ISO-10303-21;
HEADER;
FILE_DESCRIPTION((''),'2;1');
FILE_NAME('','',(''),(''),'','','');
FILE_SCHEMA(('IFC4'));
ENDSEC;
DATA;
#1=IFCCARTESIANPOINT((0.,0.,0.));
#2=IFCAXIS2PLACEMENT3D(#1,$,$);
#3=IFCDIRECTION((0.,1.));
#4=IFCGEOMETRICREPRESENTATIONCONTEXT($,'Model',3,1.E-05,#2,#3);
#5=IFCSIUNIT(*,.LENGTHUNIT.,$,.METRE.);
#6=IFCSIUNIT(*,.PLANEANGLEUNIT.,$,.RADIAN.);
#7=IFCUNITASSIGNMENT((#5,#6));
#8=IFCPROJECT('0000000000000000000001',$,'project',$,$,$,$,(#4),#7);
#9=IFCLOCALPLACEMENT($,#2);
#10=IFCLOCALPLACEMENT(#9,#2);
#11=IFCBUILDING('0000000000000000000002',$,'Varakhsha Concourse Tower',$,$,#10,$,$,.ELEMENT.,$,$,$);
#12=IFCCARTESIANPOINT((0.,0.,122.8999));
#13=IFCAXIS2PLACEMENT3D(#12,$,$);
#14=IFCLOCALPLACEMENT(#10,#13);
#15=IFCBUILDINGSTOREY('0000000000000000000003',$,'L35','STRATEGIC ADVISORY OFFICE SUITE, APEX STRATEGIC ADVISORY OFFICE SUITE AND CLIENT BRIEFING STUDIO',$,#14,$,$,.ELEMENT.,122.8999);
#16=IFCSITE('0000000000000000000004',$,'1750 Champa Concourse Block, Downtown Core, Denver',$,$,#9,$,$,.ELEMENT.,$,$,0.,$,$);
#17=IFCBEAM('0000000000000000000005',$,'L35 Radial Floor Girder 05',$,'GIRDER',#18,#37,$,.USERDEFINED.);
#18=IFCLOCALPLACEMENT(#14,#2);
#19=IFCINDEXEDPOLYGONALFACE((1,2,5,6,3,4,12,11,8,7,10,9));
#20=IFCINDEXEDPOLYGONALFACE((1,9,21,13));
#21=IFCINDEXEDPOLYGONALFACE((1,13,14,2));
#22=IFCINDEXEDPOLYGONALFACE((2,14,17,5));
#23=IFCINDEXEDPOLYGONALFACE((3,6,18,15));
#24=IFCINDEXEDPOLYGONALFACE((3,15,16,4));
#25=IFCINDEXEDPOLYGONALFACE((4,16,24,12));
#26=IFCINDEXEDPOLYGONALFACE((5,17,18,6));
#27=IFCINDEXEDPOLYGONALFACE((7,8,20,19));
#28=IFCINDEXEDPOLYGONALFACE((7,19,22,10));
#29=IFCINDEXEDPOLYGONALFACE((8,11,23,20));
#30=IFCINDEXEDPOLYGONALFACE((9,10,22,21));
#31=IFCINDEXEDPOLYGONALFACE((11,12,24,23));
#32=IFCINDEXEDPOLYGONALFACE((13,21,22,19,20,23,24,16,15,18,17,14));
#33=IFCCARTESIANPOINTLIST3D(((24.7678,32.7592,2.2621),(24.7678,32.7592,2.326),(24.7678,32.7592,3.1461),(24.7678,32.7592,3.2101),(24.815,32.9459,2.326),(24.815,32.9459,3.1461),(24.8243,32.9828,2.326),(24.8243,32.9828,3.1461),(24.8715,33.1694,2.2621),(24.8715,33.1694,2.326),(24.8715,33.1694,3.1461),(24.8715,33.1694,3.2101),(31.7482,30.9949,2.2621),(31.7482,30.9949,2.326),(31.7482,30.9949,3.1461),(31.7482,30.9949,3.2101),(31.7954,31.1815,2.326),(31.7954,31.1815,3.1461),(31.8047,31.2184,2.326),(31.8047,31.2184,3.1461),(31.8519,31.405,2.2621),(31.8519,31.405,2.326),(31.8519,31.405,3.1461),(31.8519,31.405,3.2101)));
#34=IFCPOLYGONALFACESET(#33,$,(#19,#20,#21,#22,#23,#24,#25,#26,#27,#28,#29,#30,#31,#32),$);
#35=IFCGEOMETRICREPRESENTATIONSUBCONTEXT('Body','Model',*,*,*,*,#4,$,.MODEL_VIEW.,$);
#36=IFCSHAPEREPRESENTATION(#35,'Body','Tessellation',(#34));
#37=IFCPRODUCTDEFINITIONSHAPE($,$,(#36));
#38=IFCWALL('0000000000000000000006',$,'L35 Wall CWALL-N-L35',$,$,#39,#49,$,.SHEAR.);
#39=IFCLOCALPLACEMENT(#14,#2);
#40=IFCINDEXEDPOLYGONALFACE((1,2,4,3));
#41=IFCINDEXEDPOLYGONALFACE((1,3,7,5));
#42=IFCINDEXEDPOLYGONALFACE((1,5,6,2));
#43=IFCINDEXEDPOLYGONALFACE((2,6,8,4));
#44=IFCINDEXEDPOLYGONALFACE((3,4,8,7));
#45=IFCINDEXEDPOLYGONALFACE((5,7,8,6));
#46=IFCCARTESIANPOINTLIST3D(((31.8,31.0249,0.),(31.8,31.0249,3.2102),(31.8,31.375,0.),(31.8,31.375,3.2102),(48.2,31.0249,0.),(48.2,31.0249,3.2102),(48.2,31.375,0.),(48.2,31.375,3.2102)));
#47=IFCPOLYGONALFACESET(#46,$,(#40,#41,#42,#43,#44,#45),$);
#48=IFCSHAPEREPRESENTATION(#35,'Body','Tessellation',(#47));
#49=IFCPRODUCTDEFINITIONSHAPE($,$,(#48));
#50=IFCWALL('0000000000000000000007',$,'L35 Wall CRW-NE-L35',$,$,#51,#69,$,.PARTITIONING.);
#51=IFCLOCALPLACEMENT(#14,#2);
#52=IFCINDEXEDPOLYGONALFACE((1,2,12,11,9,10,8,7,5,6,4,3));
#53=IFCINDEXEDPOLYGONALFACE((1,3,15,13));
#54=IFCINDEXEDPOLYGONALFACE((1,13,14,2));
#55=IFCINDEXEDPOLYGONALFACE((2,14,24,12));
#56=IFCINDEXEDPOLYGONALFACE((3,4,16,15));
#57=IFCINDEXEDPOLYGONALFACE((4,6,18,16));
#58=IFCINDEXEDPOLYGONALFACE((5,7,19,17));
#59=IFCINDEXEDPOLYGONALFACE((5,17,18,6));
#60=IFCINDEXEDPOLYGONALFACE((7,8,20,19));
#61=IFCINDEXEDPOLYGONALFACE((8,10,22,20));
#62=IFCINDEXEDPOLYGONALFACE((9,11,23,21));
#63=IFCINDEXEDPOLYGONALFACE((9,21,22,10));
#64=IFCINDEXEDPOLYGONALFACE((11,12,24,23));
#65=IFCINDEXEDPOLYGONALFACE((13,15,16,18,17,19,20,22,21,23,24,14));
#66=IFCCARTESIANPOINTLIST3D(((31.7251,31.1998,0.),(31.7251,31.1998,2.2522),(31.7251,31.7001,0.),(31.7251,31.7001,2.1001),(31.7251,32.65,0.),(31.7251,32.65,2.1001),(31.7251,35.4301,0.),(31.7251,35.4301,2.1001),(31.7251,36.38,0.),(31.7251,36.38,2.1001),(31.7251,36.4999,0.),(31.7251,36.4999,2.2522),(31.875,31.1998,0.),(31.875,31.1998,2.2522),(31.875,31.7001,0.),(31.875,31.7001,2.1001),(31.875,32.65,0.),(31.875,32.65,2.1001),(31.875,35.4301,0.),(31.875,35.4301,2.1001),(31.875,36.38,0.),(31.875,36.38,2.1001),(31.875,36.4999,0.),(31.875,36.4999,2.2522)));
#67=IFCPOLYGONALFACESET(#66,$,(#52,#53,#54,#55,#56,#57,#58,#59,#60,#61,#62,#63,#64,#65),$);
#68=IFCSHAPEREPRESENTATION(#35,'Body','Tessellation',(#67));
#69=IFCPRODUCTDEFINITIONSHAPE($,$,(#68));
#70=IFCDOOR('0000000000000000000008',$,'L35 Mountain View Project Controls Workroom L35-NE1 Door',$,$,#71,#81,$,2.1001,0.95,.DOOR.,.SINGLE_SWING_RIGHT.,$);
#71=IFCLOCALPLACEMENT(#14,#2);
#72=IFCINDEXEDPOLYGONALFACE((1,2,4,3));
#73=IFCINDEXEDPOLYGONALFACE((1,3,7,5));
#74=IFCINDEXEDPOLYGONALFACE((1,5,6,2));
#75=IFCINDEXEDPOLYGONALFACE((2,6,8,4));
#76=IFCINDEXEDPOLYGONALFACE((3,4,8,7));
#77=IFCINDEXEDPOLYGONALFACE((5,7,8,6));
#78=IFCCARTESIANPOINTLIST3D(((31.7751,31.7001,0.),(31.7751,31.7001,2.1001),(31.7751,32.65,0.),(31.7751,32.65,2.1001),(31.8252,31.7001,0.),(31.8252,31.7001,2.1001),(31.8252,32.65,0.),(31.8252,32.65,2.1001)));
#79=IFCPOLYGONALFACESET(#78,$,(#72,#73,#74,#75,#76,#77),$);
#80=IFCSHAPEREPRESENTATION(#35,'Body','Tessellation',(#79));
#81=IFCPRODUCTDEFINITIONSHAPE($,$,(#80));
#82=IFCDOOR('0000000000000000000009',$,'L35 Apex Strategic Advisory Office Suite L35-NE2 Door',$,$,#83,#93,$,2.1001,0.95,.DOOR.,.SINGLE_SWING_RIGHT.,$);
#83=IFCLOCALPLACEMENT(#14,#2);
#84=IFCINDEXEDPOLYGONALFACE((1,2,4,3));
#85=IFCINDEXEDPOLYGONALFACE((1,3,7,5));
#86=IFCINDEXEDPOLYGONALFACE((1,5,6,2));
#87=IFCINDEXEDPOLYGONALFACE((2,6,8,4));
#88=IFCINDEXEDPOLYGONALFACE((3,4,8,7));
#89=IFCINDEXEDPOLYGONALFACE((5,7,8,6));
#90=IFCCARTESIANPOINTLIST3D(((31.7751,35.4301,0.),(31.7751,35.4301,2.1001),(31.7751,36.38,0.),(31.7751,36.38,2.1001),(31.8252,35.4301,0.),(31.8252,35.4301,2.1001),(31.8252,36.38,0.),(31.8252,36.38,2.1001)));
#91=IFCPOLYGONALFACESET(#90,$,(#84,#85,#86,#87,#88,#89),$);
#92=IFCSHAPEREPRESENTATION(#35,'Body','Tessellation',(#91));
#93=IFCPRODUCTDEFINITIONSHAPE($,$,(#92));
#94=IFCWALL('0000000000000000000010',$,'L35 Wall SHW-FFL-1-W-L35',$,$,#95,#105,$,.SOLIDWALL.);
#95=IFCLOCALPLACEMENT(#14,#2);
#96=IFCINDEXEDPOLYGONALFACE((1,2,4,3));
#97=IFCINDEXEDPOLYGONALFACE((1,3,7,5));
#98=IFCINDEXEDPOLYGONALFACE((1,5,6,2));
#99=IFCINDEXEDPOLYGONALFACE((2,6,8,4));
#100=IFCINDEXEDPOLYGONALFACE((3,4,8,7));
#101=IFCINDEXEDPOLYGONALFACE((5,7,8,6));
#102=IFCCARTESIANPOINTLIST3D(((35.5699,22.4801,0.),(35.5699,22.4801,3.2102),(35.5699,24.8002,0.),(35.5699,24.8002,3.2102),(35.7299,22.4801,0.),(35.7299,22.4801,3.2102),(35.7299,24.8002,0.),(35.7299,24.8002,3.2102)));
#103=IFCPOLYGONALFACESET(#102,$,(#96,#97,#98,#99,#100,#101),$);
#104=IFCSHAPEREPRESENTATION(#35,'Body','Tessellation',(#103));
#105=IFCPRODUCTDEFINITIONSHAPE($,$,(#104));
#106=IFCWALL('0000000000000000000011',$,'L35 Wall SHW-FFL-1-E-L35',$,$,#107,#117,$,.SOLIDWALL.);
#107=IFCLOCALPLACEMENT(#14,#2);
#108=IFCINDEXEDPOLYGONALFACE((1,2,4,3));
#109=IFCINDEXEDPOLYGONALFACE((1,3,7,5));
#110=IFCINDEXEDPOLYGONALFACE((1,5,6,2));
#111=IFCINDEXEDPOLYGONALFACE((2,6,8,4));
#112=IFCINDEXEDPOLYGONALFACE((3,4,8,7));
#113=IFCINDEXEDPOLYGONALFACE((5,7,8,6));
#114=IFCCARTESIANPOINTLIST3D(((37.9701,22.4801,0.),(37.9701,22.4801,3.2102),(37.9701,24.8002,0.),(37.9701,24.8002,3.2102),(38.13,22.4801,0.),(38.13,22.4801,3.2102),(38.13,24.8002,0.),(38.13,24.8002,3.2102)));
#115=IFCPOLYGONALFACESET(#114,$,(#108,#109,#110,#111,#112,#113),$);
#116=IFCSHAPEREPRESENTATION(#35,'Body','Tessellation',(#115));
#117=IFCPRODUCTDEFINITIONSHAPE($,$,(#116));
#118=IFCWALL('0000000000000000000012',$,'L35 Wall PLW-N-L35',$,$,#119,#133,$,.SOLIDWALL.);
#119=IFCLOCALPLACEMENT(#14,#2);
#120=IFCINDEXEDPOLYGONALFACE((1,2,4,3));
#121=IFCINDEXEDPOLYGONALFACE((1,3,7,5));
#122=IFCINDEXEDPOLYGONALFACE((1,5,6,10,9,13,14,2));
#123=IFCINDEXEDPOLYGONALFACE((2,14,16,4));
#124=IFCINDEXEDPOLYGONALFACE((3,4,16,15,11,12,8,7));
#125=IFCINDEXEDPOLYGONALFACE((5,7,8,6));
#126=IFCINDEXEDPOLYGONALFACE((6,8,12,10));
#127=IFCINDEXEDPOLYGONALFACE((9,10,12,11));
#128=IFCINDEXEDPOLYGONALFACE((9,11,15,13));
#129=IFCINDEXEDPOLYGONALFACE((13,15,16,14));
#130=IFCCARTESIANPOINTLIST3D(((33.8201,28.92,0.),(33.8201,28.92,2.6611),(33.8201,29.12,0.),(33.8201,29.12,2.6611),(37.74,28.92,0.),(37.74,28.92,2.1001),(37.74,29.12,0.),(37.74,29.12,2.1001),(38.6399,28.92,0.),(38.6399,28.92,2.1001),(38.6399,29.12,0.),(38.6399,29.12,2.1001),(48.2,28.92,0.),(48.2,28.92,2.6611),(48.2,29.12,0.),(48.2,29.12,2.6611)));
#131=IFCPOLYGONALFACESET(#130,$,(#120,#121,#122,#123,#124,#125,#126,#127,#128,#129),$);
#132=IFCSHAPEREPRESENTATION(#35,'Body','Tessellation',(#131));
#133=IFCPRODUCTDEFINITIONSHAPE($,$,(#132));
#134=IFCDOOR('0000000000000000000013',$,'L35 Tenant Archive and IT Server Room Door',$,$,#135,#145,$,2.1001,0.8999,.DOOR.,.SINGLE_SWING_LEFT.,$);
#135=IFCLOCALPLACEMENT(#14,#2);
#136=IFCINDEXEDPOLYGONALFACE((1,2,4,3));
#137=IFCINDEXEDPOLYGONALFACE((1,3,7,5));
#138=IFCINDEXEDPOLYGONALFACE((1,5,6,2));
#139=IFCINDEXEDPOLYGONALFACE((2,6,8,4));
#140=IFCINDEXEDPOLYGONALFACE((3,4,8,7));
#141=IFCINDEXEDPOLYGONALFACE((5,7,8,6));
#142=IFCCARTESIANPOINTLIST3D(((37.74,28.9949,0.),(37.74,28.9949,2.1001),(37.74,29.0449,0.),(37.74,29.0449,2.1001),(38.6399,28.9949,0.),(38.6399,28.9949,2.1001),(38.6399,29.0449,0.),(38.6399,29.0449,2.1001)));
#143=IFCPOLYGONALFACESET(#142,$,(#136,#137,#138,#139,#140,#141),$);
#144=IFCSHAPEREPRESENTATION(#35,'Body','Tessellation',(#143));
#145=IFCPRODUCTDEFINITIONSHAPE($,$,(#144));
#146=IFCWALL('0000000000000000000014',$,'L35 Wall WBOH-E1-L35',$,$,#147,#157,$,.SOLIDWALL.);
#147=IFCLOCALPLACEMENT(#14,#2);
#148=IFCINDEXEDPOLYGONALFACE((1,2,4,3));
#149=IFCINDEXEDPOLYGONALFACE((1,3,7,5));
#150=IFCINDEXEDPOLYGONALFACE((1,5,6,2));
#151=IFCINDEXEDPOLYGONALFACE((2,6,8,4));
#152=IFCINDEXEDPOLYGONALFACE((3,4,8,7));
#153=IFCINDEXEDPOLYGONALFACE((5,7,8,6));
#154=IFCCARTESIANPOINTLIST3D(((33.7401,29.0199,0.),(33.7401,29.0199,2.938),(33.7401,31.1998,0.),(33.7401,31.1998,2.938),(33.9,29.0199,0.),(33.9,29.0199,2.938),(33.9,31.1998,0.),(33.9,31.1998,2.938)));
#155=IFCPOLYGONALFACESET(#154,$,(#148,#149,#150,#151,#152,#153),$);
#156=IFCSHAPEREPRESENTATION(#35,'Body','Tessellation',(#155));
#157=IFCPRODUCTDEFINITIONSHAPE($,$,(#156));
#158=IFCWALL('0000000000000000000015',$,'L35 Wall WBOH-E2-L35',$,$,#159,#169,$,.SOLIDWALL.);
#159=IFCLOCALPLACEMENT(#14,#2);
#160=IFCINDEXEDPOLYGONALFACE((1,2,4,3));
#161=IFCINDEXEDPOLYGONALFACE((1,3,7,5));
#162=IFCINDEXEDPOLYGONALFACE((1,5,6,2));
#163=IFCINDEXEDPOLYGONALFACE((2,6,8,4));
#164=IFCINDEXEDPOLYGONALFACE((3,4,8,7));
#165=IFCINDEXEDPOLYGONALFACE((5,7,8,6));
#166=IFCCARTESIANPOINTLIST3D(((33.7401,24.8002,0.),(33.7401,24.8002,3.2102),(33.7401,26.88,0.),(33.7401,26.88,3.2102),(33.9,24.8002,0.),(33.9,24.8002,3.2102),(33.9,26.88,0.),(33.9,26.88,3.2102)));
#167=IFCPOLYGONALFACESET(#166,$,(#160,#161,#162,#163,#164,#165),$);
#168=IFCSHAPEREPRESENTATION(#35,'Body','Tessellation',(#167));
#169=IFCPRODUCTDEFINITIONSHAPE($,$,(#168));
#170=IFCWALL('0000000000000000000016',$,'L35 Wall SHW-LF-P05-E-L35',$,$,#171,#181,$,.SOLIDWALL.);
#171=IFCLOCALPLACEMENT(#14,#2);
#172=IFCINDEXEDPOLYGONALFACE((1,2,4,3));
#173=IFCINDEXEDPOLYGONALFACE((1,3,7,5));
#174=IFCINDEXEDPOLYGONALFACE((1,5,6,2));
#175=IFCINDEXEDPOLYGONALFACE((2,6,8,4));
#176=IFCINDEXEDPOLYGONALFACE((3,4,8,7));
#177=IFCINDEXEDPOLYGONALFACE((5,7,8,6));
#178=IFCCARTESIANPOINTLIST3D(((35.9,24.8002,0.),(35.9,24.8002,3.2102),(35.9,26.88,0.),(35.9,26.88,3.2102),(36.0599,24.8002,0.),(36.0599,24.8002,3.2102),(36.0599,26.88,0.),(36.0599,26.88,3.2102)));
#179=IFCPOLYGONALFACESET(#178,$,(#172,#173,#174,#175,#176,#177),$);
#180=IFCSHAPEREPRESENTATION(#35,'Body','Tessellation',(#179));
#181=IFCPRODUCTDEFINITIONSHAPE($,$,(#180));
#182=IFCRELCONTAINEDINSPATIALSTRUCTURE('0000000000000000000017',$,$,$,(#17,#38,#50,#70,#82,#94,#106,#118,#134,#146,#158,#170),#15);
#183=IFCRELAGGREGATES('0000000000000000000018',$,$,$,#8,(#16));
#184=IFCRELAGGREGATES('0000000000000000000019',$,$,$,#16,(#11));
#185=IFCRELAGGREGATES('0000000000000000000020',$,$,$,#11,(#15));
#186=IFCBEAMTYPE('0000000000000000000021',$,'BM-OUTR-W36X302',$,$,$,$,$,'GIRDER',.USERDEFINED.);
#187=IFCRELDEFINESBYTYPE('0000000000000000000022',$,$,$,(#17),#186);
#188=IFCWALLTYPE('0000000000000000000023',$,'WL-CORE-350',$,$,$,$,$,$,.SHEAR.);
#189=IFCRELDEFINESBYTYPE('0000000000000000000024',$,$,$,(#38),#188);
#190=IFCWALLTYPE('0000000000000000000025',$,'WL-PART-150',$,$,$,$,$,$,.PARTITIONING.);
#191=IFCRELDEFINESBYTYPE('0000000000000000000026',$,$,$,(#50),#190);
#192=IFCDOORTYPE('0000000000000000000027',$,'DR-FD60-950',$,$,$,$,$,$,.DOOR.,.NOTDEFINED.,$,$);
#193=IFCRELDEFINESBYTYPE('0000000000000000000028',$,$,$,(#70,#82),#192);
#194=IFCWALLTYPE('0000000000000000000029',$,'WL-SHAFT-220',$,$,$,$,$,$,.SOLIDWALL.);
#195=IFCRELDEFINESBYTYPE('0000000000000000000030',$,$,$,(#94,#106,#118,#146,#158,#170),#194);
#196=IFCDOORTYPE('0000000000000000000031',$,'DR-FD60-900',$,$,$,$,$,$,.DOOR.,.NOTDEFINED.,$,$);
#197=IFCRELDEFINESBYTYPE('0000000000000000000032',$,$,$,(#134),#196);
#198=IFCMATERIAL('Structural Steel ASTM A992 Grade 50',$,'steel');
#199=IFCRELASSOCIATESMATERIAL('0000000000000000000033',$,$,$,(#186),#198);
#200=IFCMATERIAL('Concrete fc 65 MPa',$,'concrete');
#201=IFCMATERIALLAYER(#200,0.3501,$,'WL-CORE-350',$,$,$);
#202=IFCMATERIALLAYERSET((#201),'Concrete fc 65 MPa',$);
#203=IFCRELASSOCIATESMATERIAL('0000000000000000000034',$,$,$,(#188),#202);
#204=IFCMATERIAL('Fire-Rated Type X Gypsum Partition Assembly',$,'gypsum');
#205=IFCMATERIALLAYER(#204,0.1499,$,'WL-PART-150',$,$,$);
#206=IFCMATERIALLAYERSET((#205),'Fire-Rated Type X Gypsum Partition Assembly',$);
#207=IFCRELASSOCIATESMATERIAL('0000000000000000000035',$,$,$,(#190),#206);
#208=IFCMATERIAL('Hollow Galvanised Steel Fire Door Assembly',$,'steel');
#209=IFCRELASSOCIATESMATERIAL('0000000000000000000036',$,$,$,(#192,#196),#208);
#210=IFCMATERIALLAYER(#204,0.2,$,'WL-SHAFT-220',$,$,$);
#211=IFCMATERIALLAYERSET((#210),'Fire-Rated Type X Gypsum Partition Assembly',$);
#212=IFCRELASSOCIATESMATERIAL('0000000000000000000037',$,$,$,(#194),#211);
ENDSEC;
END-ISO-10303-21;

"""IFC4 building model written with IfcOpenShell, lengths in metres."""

from ifc_helpers import new_model, si_unit, direction, frame, frame_2d, origin, origin_2d, place, context, subcontext, project, spatial, rectangle, i_section, extrude, material, layer, layer_set, material_profile, profile_set, type_object, element, fill, save


model = new_model("IFC4")

# Units and contexts
model_context = context("Model", 3, precision=1e-05, world=origin(), true_north=direction((0.0, 1.0)))
body_context = subcontext(model_context, "Body", "Model", "MODEL_VIEW")
ifc_project = project(units=[si_unit("LENGTHUNIT", "METRE"), si_unit("PLANEANGLEUNIT", "RADIAN")], contexts=[model_context])

# Site, building, storey
site_placement = place(None, origin())
site = spatial("IfcSite", under=ifc_project, at=site_placement, Name="1750 Champa Concourse Block, Downtown Core, Denver", CompositionType="ELEMENT", RefElevation=0.0)
building_placement = place(site_placement, origin())
building = spatial("IfcBuilding", under=site, at=building_placement, Name="Varakhsha Concourse Tower", CompositionType="ELEMENT")
storey_placement = place(building_placement, frame((0.0, 0.0, 122.8999)))
storey = spatial("IfcBuildingStorey", under=building, at=storey_placement, Name="L35", Description="STRATEGIC ADVISORY OFFICE SUITE, APEX STRATEGIC ADVISORY OFFICE SUITE AND CLIENT BRIEFING STUDIO", CompositionType="ELEMENT", Elevation=122.8999)

# Beam
ifc_material_1 = material(Name="Structural Steel ASTM A992 Grade 50", Category="steel")
ifc_material_profile = material_profile(ifc_material_1, i_section(OverallWidth=0.4231, OverallDepth=0.948, WebThickness=0.0381, FlangeThickness=0.064, at=origin_2d()), Name="W36X302")
ifc_profile_set = profile_set([ifc_material_profile], Name="Structural Steel ASTM A992 Grade 50")
beam_type = type_object("IfcBeamType", Name="BM-OUTR-W36X302", ElementType="GIRDER", PredefinedType="USERDEFINED", material=ifc_profile_set)
beam_placement = place(storey_placement, frame((31.8, 31.2, 2.7361), z_axis=(-0.969509, 0.245056, 0.0), x_axis=(-0.245056, -0.969509, 0.0)))
element("IfcBeam", 1, at=beam_placement, inside=storey, type_object=beam_type, Name="L35 Radial Floor Girder 05", ObjectType="GIRDER", PredefinedType="USERDEFINED", context=body_context, shape_type="SweptSolid", body=[
    extrude(i_section(OverallWidth=0.4231, OverallDepth=0.948, WebThickness=0.0381, FlangeThickness=0.064, at=origin_2d()), origin(), (0.0, 0.0, 1.0), 7.2),
])

# Wall
ifc_material_2 = material(Name="Concrete fc 65 MPa", Category="concrete")
ifc_layer_1 = layer(ifc_material_2, 0.3501, Name="WL-CORE-350")
ifc_layer_set_1 = layer_set([ifc_layer_1], Name="Concrete fc 65 MPa")
wall_type_1 = type_object("IfcWallType", Name="WL-CORE-350", PredefinedType="SHEAR", material=ifc_layer_set_1)
wall_1_placement = place(storey_placement, frame((31.8, 31.2, 0.0), z_axis=(0.0, 0.0, 1.0), x_axis=(1.0, 0.0, 0.0)))
element("IfcWall", 2, at=wall_1_placement, inside=storey, type_object=wall_type_1, Name="L35 Wall CWALL-N-L35", PredefinedType="SHEAR", context=body_context, shape_type="SweptSolid", body=[
    extrude(rectangle(XDim=16.3999, YDim=0.3501, at=frame_2d((8.2, 0.0))), origin(), (0.0, 0.0, 1.0), 3.2102),
])

# Wall, openings, doors
ifc_material_3 = material(Name="Fire-Rated Type X Gypsum Partition Assembly", Category="gypsum")
ifc_layer_2 = layer(ifc_material_3, 0.1499, Name="WL-PART-150")
ifc_layer_set_2 = layer_set([ifc_layer_2], Name="Fire-Rated Type X Gypsum Partition Assembly")
wall_type_2 = type_object("IfcWallType", Name="WL-PART-150", PredefinedType="PARTITIONING", material=ifc_layer_set_2)
wall_2_placement = place(storey_placement, frame((31.8, 31.2, 0.0), z_axis=(0.0, 0.0, 1.0), x_axis=(0.0, 1.0, 0.0)))
wall_2 = element("IfcWall", 3, at=wall_2_placement, inside=storey, type_object=wall_type_2, Name="L35 Wall CRW-NE-L35", PredefinedType="PARTITIONING", context=body_context, shape_type="SweptSolid", body=[
    extrude(rectangle(XDim=5.3, YDim=0.1499, at=frame_2d((2.6499, 0.0))), origin(), (0.0, 0.0, 1.0), 2.2522),
])
opening_1_placement = place(wall_2_placement, frame((0.5, 0.0, 0.0)))
opening_1 = element("IfcOpeningElement", 4, at=opening_1_placement, cuts=wall_2, PredefinedType="OPENING", context=body_context, shape_type="SweptSolid", body=[
    extrude(rectangle(XDim=0.95, YDim=2.1001, at=frame_2d((0.4751, 1.05))), frame((0.0, 0.085, 0.0), z_axis=(0.0, -1.0, 0.0), x_axis=(1.0, 0.0, 0.0)), (0.0, 0.0, 1.0), 0.1699),
])
opening_2_placement = place(wall_2_placement, frame((4.23, 0.0, 0.0)))
opening_2 = element("IfcOpeningElement", 5, at=opening_2_placement, cuts=wall_2, PredefinedType="OPENING", context=body_context, shape_type="SweptSolid", body=[
    extrude(rectangle(XDim=0.95, YDim=2.1001, at=frame_2d((0.4751, 1.05))), frame((0.0, 0.085, 0.0), z_axis=(0.0, -1.0, 0.0), x_axis=(1.0, 0.0, 0.0)), (0.0, 0.0, 1.0), 0.1699),
])
ifc_material_4 = material(Name="Hollow Galvanised Steel Fire Door Assembly", Category="steel")
door_type_1 = type_object("IfcDoorType", Name="DR-FD60-950", OperationType="NOTDEFINED", PredefinedType="DOOR", material=ifc_material_4)
door_1_placement = place(opening_1_placement, origin())
door_1 = element("IfcDoor", 6, at=door_1_placement, inside=storey, type_object=door_type_1, Name="L35 Mountain View Project Controls Workroom L35-NE1 Door", OperationType="SINGLE_SWING_RIGHT", OverallHeight=2.1001, OverallWidth=0.95, PredefinedType="DOOR", context=body_context, shape_type="SweptSolid", body=[
    extrude(rectangle(XDim=0.95, YDim=2.1001, at=frame_2d((0.4751, 1.05))), frame((0.0, 0.0249, 0.0), z_axis=(0.0, -1.0, 0.0), x_axis=(1.0, 0.0, 0.0)), (0.0, 0.0, 1.0), 0.05),
])
fill(opening_1, door_1)
door_2_placement = place(opening_2_placement, origin())
door_2 = element("IfcDoor", 7, at=door_2_placement, inside=storey, type_object=door_type_1, Name="L35 Apex Strategic Advisory Office Suite L35-NE2 Door", OperationType="SINGLE_SWING_RIGHT", OverallHeight=2.1001, OverallWidth=0.95, PredefinedType="DOOR", context=body_context, shape_type="SweptSolid", body=[
    extrude(rectangle(XDim=0.95, YDim=2.1001, at=frame_2d((0.4751, 1.05))), frame((0.0, 0.0249, 0.0), z_axis=(0.0, -1.0, 0.0), x_axis=(1.0, 0.0, 0.0)), (0.0, 0.0, 1.0), 0.05),
])
fill(opening_2, door_2)
ifc_layer_3 = layer(ifc_material_3, 0.2, Name="WL-SHAFT-220")
ifc_layer_set_3 = layer_set([ifc_layer_3], Name="Fire-Rated Type X Gypsum Partition Assembly")
wall_type_3 = type_object("IfcWallType", Name="WL-SHAFT-220", PredefinedType="SOLIDWALL", material=ifc_layer_set_3)

# Walls
for number, where, z_axis, x_axis, name in (
    (8, (35.6499, 22.48, 0.0), (0.0, 0.0, 1.0), (0.0, 1.0, 0.0), "L35 Wall SHW-FFL-1-W-L35"),
    (9, (38.05, 22.48, 0.0), (0.0, 0.0, 1.0), (0.0, 1.0, 0.0), "L35 Wall SHW-FFL-1-E-L35"),
):
    element("IfcWall", number, at=place(storey_placement, frame(where, z_axis=z_axis, x_axis=x_axis)), inside=storey, type_object=wall_type_3, Name=name, PredefinedType="SOLIDWALL", context=body_context, shape_type="SweptSolid", body=[
        extrude(rectangle(XDim=2.3201, YDim=0.1599, at=frame_2d((1.1602, 0.0))), origin(), (0.0, 0.0, 1.0), 3.2102),
    ])

# Wall, opening, door
wall_3_placement = place(storey_placement, frame((33.8201, 29.02, 0.0), z_axis=(0.0, 0.0, 1.0), x_axis=(1.0, 0.0, 0.0)))
wall_3 = element("IfcWall", 10, at=wall_3_placement, inside=storey, type_object=wall_type_3, Name="L35 Wall PLW-N-L35", PredefinedType="SOLIDWALL", context=body_context, shape_type="SweptSolid", body=[
    extrude(rectangle(XDim=14.3799, YDim=0.2, at=frame_2d((7.1899, 0.0))), origin(), (0.0, 0.0, 1.0), 2.6611),
])
opening_3_placement = place(wall_3_placement, frame((3.9199, 0.0, 0.0)))
opening_3 = element("IfcOpeningElement", 11, at=opening_3_placement, cuts=wall_3, PredefinedType="OPENING", context=body_context, shape_type="SweptSolid", body=[
    extrude(rectangle(XDim=0.8999, YDim=2.1001, at=frame_2d((0.45, 1.05))), frame((0.0, 0.1099, 0.0), z_axis=(0.0, -1.0, 0.0), x_axis=(1.0, 0.0, 0.0)), (0.0, 0.0, 1.0), 0.22),
])
door_type_2 = type_object("IfcDoorType", Name="DR-FD60-900", OperationType="NOTDEFINED", PredefinedType="DOOR", material=ifc_material_4)
door_3_placement = place(opening_3_placement, origin())
door_3 = element("IfcDoor", 12, at=door_3_placement, inside=storey, type_object=door_type_2, Name="L35 Tenant Archive and IT Server Room Door", OperationType="SINGLE_SWING_LEFT", OverallHeight=2.1001, OverallWidth=0.8999, PredefinedType="DOOR", context=body_context, shape_type="SweptSolid", body=[
    extrude(rectangle(XDim=0.8999, YDim=2.1001, at=frame_2d((0.45, 1.05))), frame((0.0, 0.0249, 0.0), z_axis=(0.0, -1.0, 0.0), x_axis=(1.0, 0.0, 0.0)), (0.0, 0.0, 1.0), 0.05),
])
fill(opening_3, door_3)

# Walls
wall_4_placement = place(storey_placement, frame((33.8201, 29.02, 0.0), z_axis=(0.0, 0.0, 1.0), x_axis=(0.0, 1.0, 0.0)))
element("IfcWall", 13, at=wall_4_placement, inside=storey, type_object=wall_type_3, Name="L35 Wall WBOH-E1-L35", PredefinedType="SOLIDWALL", context=body_context, shape_type="SweptSolid", body=[
    extrude(rectangle(XDim=2.1799, YDim=0.1599, at=frame_2d((1.0898, 0.0))), origin(), (0.0, 0.0, 1.0), 2.938),
])
for number, where, z_axis, x_axis, name in (
    (14, (33.8201, 24.8, 0.0), (0.0, 0.0, 1.0), (0.0, 1.0, 0.0), "L35 Wall WBOH-E2-L35"),
    (15, (35.98, 24.8, 0.0), (0.0, 0.0, 1.0), (0.0, 1.0, 0.0), "L35 Wall SHW-LF-P05-E-L35"),
):
    element("IfcWall", number, at=place(storey_placement, frame(where, z_axis=z_axis, x_axis=x_axis)), inside=storey, type_object=wall_type_3, Name=name, PredefinedType="SOLIDWALL", context=body_context, shape_type="SweptSolid", body=[
        extrude(rectangle(XDim=2.0798, YDim=0.1599, at=frame_2d((1.04, 0.0))), origin(), (0.0, 0.0, 1.0), 3.2102),
    ])

save(model, "model.ifc")
